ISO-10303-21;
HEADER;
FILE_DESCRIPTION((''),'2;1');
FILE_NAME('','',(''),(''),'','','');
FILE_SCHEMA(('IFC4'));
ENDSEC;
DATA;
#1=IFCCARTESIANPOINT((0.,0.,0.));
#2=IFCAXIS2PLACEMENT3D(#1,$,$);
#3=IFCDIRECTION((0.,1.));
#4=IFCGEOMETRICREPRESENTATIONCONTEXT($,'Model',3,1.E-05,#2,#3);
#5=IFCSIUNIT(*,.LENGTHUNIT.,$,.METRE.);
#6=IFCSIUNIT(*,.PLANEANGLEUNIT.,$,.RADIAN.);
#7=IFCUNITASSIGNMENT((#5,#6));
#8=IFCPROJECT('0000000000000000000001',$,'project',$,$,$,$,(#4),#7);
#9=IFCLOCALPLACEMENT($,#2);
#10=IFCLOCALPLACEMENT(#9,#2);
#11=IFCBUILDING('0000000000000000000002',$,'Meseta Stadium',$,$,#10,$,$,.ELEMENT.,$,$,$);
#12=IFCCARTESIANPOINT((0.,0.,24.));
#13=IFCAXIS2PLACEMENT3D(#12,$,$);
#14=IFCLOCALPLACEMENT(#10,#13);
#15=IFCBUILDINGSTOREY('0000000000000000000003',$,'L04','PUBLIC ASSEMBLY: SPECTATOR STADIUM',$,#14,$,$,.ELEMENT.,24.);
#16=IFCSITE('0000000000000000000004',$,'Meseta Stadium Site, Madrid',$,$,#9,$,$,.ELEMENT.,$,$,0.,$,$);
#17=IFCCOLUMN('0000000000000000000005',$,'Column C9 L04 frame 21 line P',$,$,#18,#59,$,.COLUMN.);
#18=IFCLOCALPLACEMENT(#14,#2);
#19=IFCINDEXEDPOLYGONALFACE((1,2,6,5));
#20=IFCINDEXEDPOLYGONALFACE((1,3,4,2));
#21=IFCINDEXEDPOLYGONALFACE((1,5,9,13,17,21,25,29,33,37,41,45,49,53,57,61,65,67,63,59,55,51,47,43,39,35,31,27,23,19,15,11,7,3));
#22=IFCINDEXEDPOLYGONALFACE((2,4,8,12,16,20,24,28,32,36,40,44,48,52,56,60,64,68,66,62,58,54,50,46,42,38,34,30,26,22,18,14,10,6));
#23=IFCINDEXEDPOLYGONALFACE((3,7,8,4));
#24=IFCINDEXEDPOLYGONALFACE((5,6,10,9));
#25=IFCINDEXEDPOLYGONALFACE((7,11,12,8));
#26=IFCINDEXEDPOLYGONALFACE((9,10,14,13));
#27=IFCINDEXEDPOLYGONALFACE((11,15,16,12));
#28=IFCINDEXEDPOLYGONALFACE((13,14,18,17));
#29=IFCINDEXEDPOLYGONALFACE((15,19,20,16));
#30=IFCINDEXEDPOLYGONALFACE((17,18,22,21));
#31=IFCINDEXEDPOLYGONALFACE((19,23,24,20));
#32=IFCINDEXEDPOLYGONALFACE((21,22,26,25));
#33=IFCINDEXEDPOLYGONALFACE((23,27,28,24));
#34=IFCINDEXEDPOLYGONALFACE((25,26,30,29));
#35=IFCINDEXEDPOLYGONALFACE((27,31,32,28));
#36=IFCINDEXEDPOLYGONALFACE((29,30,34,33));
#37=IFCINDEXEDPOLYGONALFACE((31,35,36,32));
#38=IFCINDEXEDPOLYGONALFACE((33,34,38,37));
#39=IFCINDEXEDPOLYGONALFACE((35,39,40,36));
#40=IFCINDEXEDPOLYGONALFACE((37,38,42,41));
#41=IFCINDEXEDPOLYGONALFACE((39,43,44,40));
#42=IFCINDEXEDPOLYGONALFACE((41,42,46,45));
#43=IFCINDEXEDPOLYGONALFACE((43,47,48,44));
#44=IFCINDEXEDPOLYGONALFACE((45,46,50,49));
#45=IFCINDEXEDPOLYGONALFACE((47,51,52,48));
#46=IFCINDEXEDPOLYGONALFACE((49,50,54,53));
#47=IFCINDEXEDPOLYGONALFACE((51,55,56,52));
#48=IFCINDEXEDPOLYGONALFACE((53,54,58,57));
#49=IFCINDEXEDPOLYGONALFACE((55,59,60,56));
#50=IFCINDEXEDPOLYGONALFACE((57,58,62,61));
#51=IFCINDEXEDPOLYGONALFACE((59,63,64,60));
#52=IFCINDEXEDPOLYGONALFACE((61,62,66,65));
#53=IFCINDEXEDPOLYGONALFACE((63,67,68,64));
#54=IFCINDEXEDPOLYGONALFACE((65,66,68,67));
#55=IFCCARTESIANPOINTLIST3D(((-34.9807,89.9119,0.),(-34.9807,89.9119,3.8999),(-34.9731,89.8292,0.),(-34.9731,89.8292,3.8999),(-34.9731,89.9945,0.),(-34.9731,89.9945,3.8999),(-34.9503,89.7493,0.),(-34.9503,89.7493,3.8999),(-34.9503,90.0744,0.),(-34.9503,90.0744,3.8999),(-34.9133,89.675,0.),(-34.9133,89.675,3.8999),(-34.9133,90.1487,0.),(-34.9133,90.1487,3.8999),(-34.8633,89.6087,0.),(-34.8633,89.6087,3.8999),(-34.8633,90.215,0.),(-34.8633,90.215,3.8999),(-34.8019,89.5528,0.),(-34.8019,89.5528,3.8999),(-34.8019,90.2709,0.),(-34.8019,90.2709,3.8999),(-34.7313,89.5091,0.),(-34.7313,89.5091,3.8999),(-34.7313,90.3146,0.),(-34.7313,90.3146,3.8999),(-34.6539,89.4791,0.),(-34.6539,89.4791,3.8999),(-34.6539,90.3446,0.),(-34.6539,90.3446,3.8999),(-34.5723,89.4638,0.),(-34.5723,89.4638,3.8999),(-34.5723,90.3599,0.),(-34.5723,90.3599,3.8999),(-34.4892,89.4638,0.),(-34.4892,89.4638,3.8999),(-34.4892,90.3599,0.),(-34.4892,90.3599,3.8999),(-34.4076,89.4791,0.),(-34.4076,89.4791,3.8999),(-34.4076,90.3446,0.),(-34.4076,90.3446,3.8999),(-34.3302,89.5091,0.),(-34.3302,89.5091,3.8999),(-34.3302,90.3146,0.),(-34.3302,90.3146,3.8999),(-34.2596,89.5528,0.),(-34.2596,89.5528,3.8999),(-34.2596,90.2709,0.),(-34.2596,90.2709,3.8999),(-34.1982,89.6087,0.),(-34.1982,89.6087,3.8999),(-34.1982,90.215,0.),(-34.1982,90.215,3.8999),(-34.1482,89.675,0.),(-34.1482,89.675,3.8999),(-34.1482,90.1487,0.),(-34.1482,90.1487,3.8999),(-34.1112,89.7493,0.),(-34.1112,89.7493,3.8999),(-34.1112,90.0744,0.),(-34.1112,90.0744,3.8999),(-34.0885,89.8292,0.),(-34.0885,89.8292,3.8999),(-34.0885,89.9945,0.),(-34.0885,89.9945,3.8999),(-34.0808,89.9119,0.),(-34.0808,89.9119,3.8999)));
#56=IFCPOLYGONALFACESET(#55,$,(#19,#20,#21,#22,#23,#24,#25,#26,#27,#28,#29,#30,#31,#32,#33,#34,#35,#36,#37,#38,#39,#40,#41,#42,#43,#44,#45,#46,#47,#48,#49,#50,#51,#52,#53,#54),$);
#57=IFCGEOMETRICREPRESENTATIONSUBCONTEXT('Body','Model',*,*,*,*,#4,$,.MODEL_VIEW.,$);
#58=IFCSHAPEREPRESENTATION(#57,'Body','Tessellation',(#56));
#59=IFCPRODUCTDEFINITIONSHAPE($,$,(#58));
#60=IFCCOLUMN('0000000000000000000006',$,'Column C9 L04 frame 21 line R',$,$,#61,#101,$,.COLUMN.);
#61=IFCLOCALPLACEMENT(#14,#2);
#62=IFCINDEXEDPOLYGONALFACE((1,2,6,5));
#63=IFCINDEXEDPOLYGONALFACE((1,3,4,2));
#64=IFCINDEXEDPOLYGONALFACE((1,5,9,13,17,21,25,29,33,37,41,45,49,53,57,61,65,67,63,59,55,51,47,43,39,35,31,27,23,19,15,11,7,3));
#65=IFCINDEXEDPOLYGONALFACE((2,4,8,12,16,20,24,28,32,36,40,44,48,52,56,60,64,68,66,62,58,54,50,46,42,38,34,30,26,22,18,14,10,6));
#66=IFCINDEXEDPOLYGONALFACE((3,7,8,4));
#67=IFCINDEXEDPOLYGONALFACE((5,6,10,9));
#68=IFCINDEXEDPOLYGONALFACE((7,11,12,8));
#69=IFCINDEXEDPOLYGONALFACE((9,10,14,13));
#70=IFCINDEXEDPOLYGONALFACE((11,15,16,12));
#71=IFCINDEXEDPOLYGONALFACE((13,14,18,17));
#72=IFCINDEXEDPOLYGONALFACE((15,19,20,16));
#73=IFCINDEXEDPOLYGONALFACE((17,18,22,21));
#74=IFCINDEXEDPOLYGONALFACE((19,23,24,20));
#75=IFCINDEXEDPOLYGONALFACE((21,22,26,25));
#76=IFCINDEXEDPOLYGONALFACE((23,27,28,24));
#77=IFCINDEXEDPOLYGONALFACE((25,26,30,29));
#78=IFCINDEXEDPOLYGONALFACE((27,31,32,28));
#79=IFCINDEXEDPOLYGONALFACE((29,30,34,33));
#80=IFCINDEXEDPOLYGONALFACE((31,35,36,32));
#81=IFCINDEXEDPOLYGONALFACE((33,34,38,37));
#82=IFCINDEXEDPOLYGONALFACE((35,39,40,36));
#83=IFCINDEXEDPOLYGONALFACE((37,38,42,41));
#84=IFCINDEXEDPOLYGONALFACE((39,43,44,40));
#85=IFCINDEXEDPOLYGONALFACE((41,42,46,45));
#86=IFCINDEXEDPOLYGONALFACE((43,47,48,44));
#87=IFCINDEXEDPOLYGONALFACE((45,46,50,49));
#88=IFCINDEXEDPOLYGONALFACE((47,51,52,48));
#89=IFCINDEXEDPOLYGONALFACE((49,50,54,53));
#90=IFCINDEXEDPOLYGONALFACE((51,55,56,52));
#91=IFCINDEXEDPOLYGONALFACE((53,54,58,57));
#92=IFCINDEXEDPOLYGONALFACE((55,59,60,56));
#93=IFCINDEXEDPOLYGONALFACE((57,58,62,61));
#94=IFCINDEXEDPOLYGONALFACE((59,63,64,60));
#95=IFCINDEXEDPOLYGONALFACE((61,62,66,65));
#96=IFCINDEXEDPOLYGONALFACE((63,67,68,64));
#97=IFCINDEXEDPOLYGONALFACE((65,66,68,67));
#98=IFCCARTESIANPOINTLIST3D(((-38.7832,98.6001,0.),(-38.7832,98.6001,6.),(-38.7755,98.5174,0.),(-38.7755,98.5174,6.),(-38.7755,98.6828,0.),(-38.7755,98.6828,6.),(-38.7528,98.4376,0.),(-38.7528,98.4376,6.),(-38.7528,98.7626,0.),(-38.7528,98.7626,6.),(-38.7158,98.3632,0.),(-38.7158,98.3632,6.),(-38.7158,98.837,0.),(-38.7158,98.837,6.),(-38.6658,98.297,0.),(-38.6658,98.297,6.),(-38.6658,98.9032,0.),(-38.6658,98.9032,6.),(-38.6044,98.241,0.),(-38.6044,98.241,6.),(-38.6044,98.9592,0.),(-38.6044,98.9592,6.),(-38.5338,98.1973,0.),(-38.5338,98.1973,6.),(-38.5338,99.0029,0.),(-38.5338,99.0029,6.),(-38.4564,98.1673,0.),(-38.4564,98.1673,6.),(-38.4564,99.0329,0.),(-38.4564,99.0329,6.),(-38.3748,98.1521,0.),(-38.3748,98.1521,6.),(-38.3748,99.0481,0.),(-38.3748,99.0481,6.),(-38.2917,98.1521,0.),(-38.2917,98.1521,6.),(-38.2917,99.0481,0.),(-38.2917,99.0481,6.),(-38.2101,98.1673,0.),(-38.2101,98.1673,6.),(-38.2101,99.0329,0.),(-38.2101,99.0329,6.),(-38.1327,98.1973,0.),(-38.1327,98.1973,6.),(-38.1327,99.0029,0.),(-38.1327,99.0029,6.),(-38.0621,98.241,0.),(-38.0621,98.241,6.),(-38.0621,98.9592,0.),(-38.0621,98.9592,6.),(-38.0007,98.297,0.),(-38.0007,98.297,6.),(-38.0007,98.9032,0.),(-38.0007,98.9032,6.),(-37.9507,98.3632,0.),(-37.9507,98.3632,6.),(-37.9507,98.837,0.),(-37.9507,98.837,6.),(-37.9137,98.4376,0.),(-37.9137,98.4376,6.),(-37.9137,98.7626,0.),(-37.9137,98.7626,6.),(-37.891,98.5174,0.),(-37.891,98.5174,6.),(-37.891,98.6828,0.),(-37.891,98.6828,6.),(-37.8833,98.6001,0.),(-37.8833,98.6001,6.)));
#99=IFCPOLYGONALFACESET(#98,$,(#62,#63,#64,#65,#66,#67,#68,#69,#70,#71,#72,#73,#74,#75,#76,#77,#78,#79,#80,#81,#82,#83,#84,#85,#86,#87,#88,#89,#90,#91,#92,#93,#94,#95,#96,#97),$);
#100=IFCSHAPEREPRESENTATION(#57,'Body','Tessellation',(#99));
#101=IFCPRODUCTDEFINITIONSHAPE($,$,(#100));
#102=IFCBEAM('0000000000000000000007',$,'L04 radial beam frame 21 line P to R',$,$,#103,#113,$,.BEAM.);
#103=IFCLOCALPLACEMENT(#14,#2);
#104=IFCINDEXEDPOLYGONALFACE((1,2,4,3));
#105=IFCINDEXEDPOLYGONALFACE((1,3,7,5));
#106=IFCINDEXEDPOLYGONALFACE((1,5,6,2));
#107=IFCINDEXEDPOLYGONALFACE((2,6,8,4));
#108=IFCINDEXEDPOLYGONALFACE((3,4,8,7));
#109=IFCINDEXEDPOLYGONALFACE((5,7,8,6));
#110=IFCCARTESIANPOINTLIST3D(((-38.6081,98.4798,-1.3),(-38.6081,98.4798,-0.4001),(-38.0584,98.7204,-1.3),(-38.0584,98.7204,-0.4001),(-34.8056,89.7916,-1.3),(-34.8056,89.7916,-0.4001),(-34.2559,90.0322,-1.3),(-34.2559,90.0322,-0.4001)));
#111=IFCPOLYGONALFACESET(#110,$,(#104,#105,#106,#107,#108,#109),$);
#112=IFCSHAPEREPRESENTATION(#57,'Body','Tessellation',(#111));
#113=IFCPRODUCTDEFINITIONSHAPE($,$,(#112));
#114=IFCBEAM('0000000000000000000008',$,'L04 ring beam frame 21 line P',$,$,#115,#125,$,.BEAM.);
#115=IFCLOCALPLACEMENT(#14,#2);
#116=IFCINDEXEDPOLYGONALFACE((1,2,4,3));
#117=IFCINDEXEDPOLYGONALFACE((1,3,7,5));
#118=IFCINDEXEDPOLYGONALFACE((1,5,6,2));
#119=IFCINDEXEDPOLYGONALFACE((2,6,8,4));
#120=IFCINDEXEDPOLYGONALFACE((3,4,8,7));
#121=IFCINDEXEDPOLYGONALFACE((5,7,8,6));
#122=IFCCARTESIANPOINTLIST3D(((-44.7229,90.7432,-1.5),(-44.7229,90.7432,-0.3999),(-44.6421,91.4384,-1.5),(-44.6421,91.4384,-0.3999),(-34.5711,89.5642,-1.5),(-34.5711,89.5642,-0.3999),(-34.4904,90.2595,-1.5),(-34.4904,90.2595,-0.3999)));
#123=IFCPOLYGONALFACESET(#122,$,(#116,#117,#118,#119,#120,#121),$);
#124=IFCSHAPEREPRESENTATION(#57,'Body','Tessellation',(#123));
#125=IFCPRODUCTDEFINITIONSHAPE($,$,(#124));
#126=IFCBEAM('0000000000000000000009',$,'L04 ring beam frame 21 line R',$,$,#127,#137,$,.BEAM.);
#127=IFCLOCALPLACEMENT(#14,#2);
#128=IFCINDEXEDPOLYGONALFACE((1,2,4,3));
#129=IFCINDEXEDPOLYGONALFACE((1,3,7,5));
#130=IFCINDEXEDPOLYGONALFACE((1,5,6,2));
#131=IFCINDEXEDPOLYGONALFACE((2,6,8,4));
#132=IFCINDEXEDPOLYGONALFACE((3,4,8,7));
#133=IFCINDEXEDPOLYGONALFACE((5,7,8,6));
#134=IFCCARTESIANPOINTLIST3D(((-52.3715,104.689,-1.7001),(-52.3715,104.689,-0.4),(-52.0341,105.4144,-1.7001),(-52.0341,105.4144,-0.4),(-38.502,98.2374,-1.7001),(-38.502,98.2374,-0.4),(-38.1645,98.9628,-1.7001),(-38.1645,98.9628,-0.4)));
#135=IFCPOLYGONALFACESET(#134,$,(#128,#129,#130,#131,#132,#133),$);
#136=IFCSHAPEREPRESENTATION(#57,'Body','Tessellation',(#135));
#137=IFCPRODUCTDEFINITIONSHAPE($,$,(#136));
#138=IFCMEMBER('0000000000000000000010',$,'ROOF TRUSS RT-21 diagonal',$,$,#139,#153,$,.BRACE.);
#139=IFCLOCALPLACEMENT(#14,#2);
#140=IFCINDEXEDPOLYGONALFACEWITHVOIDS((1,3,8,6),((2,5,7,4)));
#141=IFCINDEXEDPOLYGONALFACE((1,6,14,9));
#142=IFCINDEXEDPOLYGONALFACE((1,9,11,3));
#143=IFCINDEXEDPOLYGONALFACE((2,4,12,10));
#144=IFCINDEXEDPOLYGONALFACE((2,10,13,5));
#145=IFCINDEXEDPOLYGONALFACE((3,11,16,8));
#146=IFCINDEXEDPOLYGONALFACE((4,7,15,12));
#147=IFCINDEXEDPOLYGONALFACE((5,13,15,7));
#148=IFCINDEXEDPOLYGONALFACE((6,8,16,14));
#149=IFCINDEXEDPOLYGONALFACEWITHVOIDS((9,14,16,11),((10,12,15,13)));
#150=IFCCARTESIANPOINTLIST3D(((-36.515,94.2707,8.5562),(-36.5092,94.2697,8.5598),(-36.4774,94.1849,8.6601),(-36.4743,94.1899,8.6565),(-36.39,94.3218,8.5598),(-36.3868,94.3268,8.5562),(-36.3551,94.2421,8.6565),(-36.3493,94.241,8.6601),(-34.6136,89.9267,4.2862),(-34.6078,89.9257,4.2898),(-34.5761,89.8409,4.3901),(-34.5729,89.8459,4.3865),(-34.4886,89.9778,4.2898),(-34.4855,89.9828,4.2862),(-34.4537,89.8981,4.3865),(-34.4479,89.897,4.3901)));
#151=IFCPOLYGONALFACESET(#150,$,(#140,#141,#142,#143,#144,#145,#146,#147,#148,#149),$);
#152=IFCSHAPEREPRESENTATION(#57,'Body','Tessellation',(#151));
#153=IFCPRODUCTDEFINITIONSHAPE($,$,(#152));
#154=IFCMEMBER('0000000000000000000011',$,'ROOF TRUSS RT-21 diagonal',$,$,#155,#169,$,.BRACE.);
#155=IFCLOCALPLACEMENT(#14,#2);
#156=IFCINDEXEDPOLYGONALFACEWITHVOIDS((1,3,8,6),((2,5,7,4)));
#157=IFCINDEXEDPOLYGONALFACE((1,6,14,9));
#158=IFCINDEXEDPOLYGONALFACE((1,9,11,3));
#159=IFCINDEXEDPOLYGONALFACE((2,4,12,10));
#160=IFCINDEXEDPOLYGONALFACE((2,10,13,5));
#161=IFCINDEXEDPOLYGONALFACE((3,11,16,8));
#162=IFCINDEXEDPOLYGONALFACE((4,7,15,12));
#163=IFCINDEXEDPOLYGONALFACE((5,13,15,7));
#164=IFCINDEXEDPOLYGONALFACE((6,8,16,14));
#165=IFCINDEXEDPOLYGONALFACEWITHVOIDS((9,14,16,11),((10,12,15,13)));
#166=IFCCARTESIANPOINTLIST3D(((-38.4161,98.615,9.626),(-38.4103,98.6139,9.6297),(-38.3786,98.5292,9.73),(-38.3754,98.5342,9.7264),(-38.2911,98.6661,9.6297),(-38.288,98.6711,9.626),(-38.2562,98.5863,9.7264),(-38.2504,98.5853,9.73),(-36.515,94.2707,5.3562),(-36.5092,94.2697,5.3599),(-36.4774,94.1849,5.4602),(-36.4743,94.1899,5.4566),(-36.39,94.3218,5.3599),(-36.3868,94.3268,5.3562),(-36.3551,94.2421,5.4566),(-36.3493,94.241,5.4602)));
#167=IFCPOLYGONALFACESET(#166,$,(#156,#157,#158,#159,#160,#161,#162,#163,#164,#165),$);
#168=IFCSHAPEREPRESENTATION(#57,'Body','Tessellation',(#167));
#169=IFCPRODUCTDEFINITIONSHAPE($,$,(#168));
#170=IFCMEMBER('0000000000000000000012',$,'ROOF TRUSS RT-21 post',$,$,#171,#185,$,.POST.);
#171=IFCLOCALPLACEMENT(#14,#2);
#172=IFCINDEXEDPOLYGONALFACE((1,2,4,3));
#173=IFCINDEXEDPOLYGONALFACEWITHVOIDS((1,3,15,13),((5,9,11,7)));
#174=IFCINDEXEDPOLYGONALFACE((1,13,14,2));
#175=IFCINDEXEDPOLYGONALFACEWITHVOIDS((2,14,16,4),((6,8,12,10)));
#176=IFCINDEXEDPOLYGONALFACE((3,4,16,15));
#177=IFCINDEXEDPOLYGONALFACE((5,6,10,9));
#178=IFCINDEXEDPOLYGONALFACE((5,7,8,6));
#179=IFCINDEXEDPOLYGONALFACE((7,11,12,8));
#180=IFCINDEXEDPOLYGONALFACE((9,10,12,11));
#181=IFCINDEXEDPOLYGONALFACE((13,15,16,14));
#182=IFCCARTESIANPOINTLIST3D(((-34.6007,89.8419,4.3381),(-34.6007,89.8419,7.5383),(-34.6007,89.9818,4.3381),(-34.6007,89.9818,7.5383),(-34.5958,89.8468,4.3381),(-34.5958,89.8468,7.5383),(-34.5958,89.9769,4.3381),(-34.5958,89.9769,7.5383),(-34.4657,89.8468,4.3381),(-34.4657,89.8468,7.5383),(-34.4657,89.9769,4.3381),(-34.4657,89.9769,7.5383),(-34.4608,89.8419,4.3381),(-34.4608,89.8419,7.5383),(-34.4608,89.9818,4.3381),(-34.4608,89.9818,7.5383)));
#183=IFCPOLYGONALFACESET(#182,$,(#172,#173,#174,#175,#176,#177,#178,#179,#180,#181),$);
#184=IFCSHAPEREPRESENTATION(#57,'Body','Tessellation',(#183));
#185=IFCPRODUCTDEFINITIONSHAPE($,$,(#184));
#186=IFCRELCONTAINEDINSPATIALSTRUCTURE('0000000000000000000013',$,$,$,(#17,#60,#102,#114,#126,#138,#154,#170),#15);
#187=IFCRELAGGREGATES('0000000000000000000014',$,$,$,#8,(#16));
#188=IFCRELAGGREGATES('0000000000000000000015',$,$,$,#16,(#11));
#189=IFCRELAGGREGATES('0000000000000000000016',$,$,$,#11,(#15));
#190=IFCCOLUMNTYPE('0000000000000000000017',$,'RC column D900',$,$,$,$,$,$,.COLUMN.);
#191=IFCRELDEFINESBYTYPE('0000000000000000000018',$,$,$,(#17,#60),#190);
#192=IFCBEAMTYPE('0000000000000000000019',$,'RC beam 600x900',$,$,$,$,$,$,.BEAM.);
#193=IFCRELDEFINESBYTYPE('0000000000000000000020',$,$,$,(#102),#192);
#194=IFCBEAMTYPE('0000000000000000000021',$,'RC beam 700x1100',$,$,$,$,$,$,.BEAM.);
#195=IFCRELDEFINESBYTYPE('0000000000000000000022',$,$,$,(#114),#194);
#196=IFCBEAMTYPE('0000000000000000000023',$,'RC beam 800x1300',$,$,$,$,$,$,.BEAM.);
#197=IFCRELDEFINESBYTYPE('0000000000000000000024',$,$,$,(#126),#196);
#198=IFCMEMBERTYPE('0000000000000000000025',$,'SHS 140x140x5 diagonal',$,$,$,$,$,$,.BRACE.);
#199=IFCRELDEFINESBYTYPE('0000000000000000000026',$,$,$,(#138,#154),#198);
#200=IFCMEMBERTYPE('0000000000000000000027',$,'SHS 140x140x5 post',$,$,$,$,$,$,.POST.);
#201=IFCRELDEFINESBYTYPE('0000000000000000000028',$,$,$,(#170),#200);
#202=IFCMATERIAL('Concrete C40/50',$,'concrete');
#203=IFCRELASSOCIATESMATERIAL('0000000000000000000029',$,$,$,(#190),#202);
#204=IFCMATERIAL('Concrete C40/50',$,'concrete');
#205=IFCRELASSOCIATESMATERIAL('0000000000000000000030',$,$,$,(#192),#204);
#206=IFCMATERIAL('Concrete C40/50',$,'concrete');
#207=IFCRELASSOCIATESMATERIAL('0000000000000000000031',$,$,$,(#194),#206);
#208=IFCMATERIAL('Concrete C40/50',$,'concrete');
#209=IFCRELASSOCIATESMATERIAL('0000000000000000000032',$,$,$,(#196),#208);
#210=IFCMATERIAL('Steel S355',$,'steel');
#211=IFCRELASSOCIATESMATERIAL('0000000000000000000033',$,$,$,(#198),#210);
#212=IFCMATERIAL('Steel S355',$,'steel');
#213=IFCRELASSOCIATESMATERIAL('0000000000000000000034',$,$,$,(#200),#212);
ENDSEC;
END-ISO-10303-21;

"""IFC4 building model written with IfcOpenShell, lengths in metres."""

from ifc_helpers import new_model, si_unit, direction, frame, origin, origin_2d, place, context, subcontext, project, spatial, rectangle, hollow_rectangle, circle, extrude, material, material_profile, profile_set, type_object, element, save


model = new_model("IFC4")

# Units and contexts
model_context = context("Model", 3, precision=1e-05, world=origin(), true_north=direction((0.0, 1.0)))
body_context = subcontext(model_context, "Body", "Model", "MODEL_VIEW")
ifc_project = project(units=[si_unit("LENGTHUNIT", "METRE"), si_unit("PLANEANGLEUNIT", "RADIAN")], contexts=[model_context])

# Site, building, storey
site_placement = place(None, origin())
site = spatial("IfcSite", under=ifc_project, at=site_placement, Name="Meseta Stadium Site, Madrid", CompositionType="ELEMENT", RefElevation=0.0)
building_placement = place(site_placement, origin())
building = spatial("IfcBuilding", under=site, at=building_placement, Name="Meseta Stadium", CompositionType="ELEMENT")
storey_placement = place(building_placement, frame((0.0, 0.0, 24.0)))
storey = spatial("IfcBuildingStorey", under=building, at=storey_placement, Name="L04", Description="PUBLIC ASSEMBLY: SPECTATOR STADIUM", CompositionType="ELEMENT", Elevation=24.0)

# Columns
ifc_material_1 = material(Name="Concrete C40/50", Category="concrete")
ifc_material_profile_1 = material_profile(ifc_material_1, circle(Radius=0.45, at=origin_2d()), Name="RC D900")
ifc_profile_set_1 = profile_set([ifc_material_profile_1], Name="Concrete C40/50")
column_type = type_object("IfcColumnType", Name="RC column D900", PredefinedType="COLUMN", material=ifc_profile_set_1)
column_1_placement = place(storey_placement, frame((-34.5308, 89.9119, 0.0), z_axis=(0.0, 0.0, 1.0), x_axis=(1.0, 0.0, 0.0)))
element("IfcColumn", 1, at=column_1_placement, inside=storey, type_object=column_type, Name="Column C9 L04 frame 21 line P", PredefinedType="COLUMN", context=body_context, shape_type="SweptSolid", body=[
    extrude(circle(Radius=0.45, at=origin_2d()), origin(), (0.0, 0.0, 1.0), 3.8999),
])
column_2_placement = place(storey_placement, frame((-38.3333, 98.6001, 0.0), z_axis=(0.0, 0.0, 1.0), x_axis=(1.0, 0.0, 0.0)))
element("IfcColumn", 2, at=column_2_placement, inside=storey, type_object=column_type, Name="Column C9 L04 frame 21 line R", PredefinedType="COLUMN", context=body_context, shape_type="SweptSolid", body=[
    extrude(circle(Radius=0.45, at=origin_2d()), origin(), (0.0, 0.0, 1.0), 6.0),
])

# Beams
ifc_material_2 = material(Name="Concrete C40/50", Category="concrete")
ifc_material_profile_2 = material_profile(ifc_material_2, rectangle(XDim=0.6001, YDim=0.8999, at=origin_2d()), Name="RC 600x900")
ifc_profile_set_2 = profile_set([ifc_material_profile_2], Name="Concrete C40/50")
beam_type_1 = type_object("IfcBeamType", Name="RC beam 600x900", PredefinedType="BEAM", material=ifc_profile_set_2)
beam_1_placement = place(storey_placement, frame((-34.5308, 89.9119, -0.8501), z_axis=(-0.400942, 0.916104, 0.0), x_axis=(-0.916104, -0.400942, 0.0)))
element("IfcBeam", 3, at=beam_1_placement, inside=storey, type_object=beam_type_1, Name="L04 radial beam frame 21 line P to R", PredefinedType="BEAM", context=body_context, shape_type="SweptSolid", body=[
    extrude(rectangle(XDim=0.6001, YDim=0.8999, at=origin_2d()), origin(), (0.0, 0.0, 1.0), 9.4839),
])
ifc_material_3 = material(Name="Concrete C40/50", Category="concrete")
ifc_material_profile_3 = material_profile(ifc_material_3, rectangle(XDim=0.7, YDim=1.1001, at=origin_2d()), Name="RC 700x1100")
ifc_profile_set_3 = profile_set([ifc_material_profile_3], Name="Concrete C40/50")
beam_type_2 = type_object("IfcBeamType", Name="RC beam 700x1100", PredefinedType="BEAM", material=ifc_profile_set_3)
beam_2_placement = place(storey_placement, frame((-34.5308, 89.9119, -0.95), z_axis=(-0.993324, 0.115357, 0.0), x_axis=(-0.115357, -0.993324, 0.0)))
element("IfcBeam", 4, at=beam_2_placement, inside=storey, type_object=beam_type_2, Name="L04 ring beam frame 21 line P", PredefinedType="BEAM", context=body_context, shape_type="SweptSolid", body=[
    extrude(rectangle(XDim=0.7, YDim=1.1001, at=origin_2d()), origin(), (0.0, 0.0, 1.0), 10.22),
])
ifc_material_4 = material(Name="Concrete C40/50", Category="concrete")
ifc_material_profile_4 = material_profile(ifc_material_4, rectangle(XDim=0.8, YDim=1.3, at=origin_2d()), Name="RC 800x1300")
ifc_profile_set_4 = profile_set([ifc_material_profile_4], Name="Concrete C40/50")
beam_type_3 = type_object("IfcBeamType", Name="RC beam 800x1300", PredefinedType="BEAM", material=ifc_profile_set_4)
beam_3_placement = place(storey_placement, frame((-38.3333, 98.6001, -1.05), z_axis=(-0.906704, 0.421767, 0.0), x_axis=(-0.421767, -0.906704, 0.0)))
element("IfcBeam", 5, at=beam_3_placement, inside=storey, type_object=beam_type_3, Name="L04 ring beam frame 21 line R", PredefinedType="BEAM", context=body_context, shape_type="SweptSolid", body=[
    extrude(rectangle(XDim=0.8, YDim=1.3, at=origin_2d()), origin(), (0.0, 0.0, 1.0), 15.2966),
])

# Members
ifc_material_5 = material(Name="Steel S355", Category="steel")
ifc_material_profile_5 = material_profile(ifc_material_5, hollow_rectangle(XDim=0.1399, YDim=0.1399, WallThickness=0.0049, at=origin_2d()), Name="SHS 140x140x5")
ifc_profile_set_5 = profile_set([ifc_material_profile_5], Name="Steel S355")
member_type_1 = type_object("IfcMemberType", Name="SHS 140x140x5 diagonal", PredefinedType="BRACE", material=ifc_profile_set_5)
for number, where, z_axis, x_axis, name in (
    (6, (-34.5308, 89.9119, 4.3381), (-0.297968, 0.680759, 0.669166), (-0.91609, -0.400973, 0.0), "ROOF TRUSS RT-21 diagonal"),
    (7, (-36.4321, 94.2559, 5.4082), (-0.297933, 0.680804, 0.669135), (-0.916117, -0.400911, 0.0), "ROOF TRUSS RT-21 diagonal"),
):
    element("IfcMember", number, at=place(storey_placement, frame(where, z_axis=z_axis, x_axis=x_axis)), inside=storey, type_object=member_type_1, Name=name, PredefinedType="BRACE", context=body_context, shape_type="SweptSolid", body=[
        extrude(hollow_rectangle(XDim=0.1399, YDim=0.1399, WallThickness=0.0049, at=origin_2d()), origin(), (0.0, 0.0, 1.0), 6.3811),
    ])
ifc_material_6 = material(Name="Steel S355", Category="steel")
ifc_material_profile_6 = material_profile(ifc_material_6, hollow_rectangle(XDim=0.1399, YDim=0.1399, WallThickness=0.0049, at=origin_2d()), Name="SHS 140x140x5")
ifc_profile_set_6 = profile_set([ifc_material_profile_6], Name="Steel S355")
member_type_2 = type_object("IfcMemberType", Name="SHS 140x140x5 post", PredefinedType="POST", material=ifc_profile_set_6)
member_1_placement = place(storey_placement, frame((-34.5308, 89.9119, 4.3381), z_axis=(0.0, 0.0, 1.0), x_axis=(1.0, 0.0, 0.0)))
element("IfcMember", 8, at=member_1_placement, inside=storey, type_object=member_type_2, Name="ROOF TRUSS RT-21 post", PredefinedType="POST", context=body_context, shape_type="SweptSolid", body=[
    extrude(hollow_rectangle(XDim=0.1399, YDim=0.1399, WallThickness=0.0049, at=origin_2d()), origin(), (0.0, 0.0, 1.0), 3.2002),
])

save(model, "model.ifc")
